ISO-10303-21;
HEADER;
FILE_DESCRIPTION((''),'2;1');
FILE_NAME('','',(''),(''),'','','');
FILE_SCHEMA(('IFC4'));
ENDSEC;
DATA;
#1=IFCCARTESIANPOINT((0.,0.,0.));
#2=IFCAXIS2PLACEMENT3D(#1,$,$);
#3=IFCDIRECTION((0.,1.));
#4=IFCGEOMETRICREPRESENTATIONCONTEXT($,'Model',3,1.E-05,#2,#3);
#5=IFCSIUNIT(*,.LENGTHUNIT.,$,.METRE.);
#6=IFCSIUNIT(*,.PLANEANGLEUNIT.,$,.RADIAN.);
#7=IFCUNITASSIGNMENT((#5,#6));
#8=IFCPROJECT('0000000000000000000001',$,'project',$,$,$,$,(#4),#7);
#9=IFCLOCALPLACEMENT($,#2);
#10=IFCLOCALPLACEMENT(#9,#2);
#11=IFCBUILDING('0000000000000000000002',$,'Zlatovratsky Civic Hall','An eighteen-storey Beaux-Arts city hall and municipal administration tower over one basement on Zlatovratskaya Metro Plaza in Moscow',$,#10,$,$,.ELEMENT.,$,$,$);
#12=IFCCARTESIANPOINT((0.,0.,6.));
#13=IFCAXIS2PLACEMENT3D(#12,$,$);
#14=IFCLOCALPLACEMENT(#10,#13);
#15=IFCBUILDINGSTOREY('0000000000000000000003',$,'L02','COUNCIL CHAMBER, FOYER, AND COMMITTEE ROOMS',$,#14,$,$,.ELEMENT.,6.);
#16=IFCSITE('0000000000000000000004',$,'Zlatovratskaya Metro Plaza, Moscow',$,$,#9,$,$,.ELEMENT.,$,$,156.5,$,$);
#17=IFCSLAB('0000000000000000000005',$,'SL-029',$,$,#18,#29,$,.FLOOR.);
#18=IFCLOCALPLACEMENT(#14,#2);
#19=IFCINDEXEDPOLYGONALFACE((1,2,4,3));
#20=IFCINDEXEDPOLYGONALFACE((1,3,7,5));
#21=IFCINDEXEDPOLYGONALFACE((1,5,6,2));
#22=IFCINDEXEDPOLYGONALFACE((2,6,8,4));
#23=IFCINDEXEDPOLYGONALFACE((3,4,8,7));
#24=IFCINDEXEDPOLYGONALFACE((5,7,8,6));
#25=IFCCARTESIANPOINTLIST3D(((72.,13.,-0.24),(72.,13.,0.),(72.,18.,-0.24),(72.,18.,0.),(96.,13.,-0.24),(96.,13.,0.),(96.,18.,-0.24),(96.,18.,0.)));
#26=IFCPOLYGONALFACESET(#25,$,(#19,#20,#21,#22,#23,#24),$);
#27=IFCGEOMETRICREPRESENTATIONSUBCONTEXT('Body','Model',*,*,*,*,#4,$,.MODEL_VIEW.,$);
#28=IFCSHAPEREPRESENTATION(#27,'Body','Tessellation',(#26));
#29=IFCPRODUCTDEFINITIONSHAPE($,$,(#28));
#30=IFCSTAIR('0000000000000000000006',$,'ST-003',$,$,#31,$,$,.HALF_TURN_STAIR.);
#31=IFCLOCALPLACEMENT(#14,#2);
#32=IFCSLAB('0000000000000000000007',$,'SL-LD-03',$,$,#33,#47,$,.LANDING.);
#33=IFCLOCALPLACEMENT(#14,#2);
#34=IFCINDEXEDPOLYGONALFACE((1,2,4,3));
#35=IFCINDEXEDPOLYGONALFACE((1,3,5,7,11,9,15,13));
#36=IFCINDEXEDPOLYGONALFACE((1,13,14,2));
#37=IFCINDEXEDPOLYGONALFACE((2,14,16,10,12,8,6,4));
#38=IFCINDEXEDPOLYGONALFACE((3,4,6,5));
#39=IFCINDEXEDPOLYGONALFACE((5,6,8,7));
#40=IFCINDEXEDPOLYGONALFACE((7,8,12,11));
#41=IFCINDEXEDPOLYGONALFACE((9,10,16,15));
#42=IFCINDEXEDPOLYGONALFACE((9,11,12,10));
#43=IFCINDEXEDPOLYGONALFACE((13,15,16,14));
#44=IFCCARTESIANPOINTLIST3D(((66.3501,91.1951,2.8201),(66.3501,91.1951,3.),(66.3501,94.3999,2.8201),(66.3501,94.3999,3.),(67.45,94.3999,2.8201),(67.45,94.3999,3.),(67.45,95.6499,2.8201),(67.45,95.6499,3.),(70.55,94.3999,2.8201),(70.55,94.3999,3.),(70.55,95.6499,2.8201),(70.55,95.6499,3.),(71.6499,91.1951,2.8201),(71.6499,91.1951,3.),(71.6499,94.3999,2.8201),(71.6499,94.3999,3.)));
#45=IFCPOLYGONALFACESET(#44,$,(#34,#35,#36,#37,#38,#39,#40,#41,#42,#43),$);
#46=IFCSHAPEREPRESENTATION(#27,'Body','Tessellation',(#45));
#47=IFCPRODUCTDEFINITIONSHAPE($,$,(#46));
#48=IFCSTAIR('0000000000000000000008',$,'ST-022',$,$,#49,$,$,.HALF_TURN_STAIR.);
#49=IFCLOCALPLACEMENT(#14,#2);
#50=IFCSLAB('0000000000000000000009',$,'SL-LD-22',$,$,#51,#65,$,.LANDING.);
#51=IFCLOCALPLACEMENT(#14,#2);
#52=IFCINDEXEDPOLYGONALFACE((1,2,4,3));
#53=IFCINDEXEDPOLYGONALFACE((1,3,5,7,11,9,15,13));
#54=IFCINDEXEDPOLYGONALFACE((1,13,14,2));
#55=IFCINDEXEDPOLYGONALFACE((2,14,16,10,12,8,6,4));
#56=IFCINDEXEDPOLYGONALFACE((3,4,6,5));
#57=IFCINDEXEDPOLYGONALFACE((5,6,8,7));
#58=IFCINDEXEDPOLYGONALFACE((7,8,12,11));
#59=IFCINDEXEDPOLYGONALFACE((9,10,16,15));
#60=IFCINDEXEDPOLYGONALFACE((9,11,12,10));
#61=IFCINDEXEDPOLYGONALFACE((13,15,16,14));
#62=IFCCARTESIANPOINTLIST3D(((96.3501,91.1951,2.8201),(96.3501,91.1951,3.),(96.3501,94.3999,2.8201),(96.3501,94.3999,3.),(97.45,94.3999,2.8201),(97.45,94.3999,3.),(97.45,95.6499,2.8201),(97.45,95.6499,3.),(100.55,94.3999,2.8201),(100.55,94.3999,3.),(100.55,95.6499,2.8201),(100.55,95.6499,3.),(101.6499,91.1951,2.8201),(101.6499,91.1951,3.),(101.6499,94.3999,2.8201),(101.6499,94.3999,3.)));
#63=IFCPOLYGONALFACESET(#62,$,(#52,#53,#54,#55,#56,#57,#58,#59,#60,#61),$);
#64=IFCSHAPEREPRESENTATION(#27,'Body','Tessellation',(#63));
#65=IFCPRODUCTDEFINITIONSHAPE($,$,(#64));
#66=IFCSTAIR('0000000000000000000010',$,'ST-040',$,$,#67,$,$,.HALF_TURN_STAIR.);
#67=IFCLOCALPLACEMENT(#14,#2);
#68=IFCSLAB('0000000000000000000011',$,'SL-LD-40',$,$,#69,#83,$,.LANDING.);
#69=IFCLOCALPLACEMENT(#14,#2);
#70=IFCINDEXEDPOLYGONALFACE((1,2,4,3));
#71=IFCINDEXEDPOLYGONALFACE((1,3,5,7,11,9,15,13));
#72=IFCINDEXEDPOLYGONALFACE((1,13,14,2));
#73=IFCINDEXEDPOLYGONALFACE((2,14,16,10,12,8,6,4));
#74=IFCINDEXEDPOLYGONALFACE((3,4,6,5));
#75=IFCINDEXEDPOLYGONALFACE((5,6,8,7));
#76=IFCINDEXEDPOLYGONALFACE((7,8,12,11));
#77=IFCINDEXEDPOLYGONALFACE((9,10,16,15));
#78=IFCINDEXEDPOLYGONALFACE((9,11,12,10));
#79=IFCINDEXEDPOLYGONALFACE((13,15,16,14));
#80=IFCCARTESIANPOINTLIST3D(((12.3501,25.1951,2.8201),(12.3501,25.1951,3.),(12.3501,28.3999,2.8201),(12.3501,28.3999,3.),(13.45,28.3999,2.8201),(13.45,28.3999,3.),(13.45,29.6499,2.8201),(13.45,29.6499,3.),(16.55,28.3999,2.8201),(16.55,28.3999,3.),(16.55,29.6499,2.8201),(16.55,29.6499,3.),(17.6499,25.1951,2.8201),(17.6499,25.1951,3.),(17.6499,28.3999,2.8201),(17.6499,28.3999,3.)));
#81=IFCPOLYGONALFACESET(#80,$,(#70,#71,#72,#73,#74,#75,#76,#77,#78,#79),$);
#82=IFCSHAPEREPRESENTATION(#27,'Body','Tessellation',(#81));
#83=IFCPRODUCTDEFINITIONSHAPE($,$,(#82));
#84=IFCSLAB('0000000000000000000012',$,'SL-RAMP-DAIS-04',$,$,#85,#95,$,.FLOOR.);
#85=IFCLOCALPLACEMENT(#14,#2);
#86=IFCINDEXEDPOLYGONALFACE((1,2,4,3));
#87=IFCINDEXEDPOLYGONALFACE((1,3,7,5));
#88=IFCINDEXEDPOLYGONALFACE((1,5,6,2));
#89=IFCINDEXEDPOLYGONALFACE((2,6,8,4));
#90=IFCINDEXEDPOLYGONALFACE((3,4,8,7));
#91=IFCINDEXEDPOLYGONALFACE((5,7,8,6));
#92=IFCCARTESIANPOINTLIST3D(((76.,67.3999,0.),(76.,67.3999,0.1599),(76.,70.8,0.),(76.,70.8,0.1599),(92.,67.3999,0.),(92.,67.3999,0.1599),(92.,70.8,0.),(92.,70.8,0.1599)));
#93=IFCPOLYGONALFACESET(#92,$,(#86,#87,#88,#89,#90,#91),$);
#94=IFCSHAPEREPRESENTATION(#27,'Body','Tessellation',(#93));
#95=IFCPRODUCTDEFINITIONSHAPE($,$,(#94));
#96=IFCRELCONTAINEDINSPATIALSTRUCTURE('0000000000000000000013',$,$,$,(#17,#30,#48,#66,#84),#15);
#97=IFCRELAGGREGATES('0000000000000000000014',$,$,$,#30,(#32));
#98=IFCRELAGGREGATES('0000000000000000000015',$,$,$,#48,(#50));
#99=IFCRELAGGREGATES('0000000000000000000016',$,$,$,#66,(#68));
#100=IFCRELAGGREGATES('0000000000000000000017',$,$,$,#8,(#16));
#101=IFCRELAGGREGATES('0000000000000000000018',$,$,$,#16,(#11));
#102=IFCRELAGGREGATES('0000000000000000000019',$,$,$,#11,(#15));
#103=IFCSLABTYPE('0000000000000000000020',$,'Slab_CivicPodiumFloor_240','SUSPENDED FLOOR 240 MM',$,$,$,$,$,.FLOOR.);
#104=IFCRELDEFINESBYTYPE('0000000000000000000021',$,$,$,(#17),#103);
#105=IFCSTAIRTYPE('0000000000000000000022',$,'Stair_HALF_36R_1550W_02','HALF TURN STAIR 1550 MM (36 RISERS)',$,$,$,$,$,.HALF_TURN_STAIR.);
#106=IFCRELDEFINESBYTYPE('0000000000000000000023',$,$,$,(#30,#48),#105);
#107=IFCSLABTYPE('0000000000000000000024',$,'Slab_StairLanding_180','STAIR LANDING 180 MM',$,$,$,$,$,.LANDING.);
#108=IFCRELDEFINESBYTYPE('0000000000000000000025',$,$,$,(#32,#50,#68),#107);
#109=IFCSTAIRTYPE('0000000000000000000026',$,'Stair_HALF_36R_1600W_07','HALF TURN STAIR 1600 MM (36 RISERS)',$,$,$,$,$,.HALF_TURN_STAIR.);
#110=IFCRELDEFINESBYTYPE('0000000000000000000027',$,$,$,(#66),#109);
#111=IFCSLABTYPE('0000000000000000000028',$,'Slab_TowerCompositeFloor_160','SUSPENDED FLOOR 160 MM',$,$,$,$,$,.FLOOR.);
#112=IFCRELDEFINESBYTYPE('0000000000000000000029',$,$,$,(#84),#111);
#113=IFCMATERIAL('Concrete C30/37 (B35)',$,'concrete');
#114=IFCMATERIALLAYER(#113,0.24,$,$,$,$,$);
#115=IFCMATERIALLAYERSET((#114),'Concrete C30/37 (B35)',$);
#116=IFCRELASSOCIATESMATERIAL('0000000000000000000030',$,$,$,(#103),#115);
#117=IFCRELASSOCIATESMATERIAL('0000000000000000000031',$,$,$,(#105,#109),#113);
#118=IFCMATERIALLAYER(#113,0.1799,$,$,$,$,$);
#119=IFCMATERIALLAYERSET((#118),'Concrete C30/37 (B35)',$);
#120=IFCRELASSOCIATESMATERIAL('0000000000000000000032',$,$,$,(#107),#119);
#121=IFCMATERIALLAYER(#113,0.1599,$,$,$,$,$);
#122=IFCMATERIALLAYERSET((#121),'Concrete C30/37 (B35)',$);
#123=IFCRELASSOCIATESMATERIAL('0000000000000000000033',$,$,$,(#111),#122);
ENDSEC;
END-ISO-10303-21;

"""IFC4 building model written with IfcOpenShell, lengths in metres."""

from ifc_helpers import new_model, si_unit, direction, frame, origin, place, context, subcontext, project, spatial, polyline, outline, extrude, material, layer, layer_set, type_object, element, aggregate, save


model = new_model("IFC4")

# Units and contexts
model_context = context("Model", 3, precision=1e-05, world=origin(), true_north=direction((0.0, 1.0)))
body_context = subcontext(model_context, "Body", "Model", "MODEL_VIEW")
ifc_project = project(units=[si_unit("LENGTHUNIT", "METRE"), si_unit("PLANEANGLEUNIT", "RADIAN")], contexts=[model_context])

# Site, building, storey
site_placement = place(None, origin())
site = spatial("IfcSite", under=ifc_project, at=site_placement, Name="Zlatovratskaya Metro Plaza, Moscow", CompositionType="ELEMENT", RefElevation=156.5)
building_placement = place(site_placement, origin())
building = spatial("IfcBuilding", under=site, at=building_placement, Name="Zlatovratsky Civic Hall", Description="An eighteen-storey Beaux-Arts city hall and municipal administration tower over one basement on Zlatovratskaya Metro Plaza in Moscow", CompositionType="ELEMENT")
storey_placement = place(building_placement, frame((0.0, 0.0, 6.0)))
storey = spatial("IfcBuildingStorey", under=building, at=storey_placement, Name="L02", Description="COUNCIL CHAMBER, FOYER, AND COMMITTEE ROOMS", CompositionType="ELEMENT", Elevation=6.0)

# Slab
ifc_material_1 = material(Name="Concrete C30/37 (B35)", Category="concrete")
ifc_layer_1 = layer(ifc_material_1, 0.24)
ifc_layer_set_1 = layer_set([ifc_layer_1], Name="Concrete C30/37 (B35)")
slab_type_1 = type_object("IfcSlabType", Name="Slab_CivicPodiumFloor_240", Description="SUSPENDED FLOOR 240 MM", PredefinedType="FLOOR", material=ifc_layer_set_1)
slab_1_placement = place(storey_placement, frame((0.0, 0.0, -0.24)))
element("IfcSlab", 1, at=slab_1_placement, inside=storey, type_object=slab_type_1, Name="SL-029", PredefinedType="FLOOR", context=body_context, shape_type="SweptSolid", body=[
    extrude(outline(polyline([(72.0, 13.0), (96.0, 13.0), (96.0, 18.0), (72.0, 18.0), (72.0, 13.0)])), origin(), (0.0, 0.0, 1.0), 0.24),
])

# Stairs, slabs
stair_type_1 = type_object("IfcStairType", Name="Stair_HALF_36R_1550W_02", Description="HALF TURN STAIR 1550 MM (36 RISERS)", PredefinedType="HALF_TURN_STAIR", material=ifc_material_1)
stair_1_placement = place(storey_placement, origin())
stair_1 = element("IfcStair", 2, at=stair_1_placement, inside=storey, type_object=stair_type_1, Name="ST-003", PredefinedType="HALF_TURN_STAIR")
ifc_layer_2 = layer(ifc_material_1, 0.1799)
ifc_layer_set_2 = layer_set([ifc_layer_2], Name="Concrete C30/37 (B35)")
slab_type_2 = type_object("IfcSlabType", Name="Slab_StairLanding_180", Description="STAIR LANDING 180 MM", PredefinedType="LANDING", material=ifc_layer_set_2)
slab_2_placement = place(storey_placement, frame((0.0, 0.0, 2.8201)))
slab_2 = element("IfcSlab", 3, at=slab_2_placement, type_object=slab_type_2, Name="SL-LD-03", PredefinedType="LANDING", context=body_context, shape_type="SweptSolid", body=[
    extrude(outline(polyline([(66.3501, 91.1951), (71.6499, 91.1951), (71.6499, 94.3999), (70.55, 94.3999), (70.55, 95.6499), (67.45, 95.6499), (67.45, 94.3999), (66.3501, 94.3999), (66.3501, 91.1951)])), origin(), (0.0, 0.0, 1.0), 0.1799),
])
aggregate(stair_1, [slab_2])
stair_2_placement = place(storey_placement, origin())
stair_2 = element("IfcStair", 4, at=stair_2_placement, inside=storey, type_object=stair_type_1, Name="ST-022", PredefinedType="HALF_TURN_STAIR")
slab_3_placement = place(storey_placement, frame((0.0, 0.0, 2.8201)))
slab_3 = element("IfcSlab", 5, at=slab_3_placement, type_object=slab_type_2, Name="SL-LD-22", PredefinedType="LANDING", context=body_context, shape_type="SweptSolid", body=[
    extrude(outline(polyline([(96.3501, 91.1951), (101.6499, 91.1951), (101.6499, 94.3999), (100.55, 94.3999), (100.55, 95.6499), (97.45, 95.6499), (97.45, 94.3999), (96.3501, 94.3999), (96.3501, 91.1951)])), origin(), (0.0, 0.0, 1.0), 0.1799),
])
aggregate(stair_2, [slab_3])
stair_type_2 = type_object("IfcStairType", Name="Stair_HALF_36R_1600W_07", Description="HALF TURN STAIR 1600 MM (36 RISERS)", PredefinedType="HALF_TURN_STAIR", material=ifc_material_1)
stair_3_placement = place(storey_placement, origin())
stair_3 = element("IfcStair", 6, at=stair_3_placement, inside=storey, type_object=stair_type_2, Name="ST-040", PredefinedType="HALF_TURN_STAIR")
slab_4_placement = place(storey_placement, frame((0.0, 0.0, 2.8201)))
slab_4 = element("IfcSlab", 7, at=slab_4_placement, type_object=slab_type_2, Name="SL-LD-40", PredefinedType="LANDING", context=body_context, shape_type="SweptSolid", body=[
    extrude(outline(polyline([(12.3501, 25.1951), (17.6499, 25.1951), (17.6499, 28.3999), (16.55, 28.3999), (16.55, 29.6499), (13.45, 29.6499), (13.45, 28.3999), (12.3501, 28.3999), (12.3501, 25.1951)])), origin(), (0.0, 0.0, 1.0), 0.1799),
])
aggregate(stair_3, [slab_4])

# Slab
ifc_layer_3 = layer(ifc_material_1, 0.1599)
ifc_layer_set_3 = layer_set([ifc_layer_3], Name="Concrete C30/37 (B35)")
slab_type_3 = type_object("IfcSlabType", Name="Slab_TowerCompositeFloor_160", Description="SUSPENDED FLOOR 160 MM", PredefinedType="FLOOR", material=ifc_layer_set_3)
slab_5_placement = place(storey_placement, origin())
element("IfcSlab", 8, at=slab_5_placement, inside=storey, type_object=slab_type_3, Name="SL-RAMP-DAIS-04", PredefinedType="FLOOR", context=body_context, shape_type="SweptSolid", body=[
    extrude(outline(polyline([(76.0, 67.3999), (92.0, 67.3999), (92.0, 70.8), (76.0, 70.8), (76.0, 67.3999)])), origin(), (0.0, 0.0, 1.0), 0.1599),
])

save(model, "model.ifc")
